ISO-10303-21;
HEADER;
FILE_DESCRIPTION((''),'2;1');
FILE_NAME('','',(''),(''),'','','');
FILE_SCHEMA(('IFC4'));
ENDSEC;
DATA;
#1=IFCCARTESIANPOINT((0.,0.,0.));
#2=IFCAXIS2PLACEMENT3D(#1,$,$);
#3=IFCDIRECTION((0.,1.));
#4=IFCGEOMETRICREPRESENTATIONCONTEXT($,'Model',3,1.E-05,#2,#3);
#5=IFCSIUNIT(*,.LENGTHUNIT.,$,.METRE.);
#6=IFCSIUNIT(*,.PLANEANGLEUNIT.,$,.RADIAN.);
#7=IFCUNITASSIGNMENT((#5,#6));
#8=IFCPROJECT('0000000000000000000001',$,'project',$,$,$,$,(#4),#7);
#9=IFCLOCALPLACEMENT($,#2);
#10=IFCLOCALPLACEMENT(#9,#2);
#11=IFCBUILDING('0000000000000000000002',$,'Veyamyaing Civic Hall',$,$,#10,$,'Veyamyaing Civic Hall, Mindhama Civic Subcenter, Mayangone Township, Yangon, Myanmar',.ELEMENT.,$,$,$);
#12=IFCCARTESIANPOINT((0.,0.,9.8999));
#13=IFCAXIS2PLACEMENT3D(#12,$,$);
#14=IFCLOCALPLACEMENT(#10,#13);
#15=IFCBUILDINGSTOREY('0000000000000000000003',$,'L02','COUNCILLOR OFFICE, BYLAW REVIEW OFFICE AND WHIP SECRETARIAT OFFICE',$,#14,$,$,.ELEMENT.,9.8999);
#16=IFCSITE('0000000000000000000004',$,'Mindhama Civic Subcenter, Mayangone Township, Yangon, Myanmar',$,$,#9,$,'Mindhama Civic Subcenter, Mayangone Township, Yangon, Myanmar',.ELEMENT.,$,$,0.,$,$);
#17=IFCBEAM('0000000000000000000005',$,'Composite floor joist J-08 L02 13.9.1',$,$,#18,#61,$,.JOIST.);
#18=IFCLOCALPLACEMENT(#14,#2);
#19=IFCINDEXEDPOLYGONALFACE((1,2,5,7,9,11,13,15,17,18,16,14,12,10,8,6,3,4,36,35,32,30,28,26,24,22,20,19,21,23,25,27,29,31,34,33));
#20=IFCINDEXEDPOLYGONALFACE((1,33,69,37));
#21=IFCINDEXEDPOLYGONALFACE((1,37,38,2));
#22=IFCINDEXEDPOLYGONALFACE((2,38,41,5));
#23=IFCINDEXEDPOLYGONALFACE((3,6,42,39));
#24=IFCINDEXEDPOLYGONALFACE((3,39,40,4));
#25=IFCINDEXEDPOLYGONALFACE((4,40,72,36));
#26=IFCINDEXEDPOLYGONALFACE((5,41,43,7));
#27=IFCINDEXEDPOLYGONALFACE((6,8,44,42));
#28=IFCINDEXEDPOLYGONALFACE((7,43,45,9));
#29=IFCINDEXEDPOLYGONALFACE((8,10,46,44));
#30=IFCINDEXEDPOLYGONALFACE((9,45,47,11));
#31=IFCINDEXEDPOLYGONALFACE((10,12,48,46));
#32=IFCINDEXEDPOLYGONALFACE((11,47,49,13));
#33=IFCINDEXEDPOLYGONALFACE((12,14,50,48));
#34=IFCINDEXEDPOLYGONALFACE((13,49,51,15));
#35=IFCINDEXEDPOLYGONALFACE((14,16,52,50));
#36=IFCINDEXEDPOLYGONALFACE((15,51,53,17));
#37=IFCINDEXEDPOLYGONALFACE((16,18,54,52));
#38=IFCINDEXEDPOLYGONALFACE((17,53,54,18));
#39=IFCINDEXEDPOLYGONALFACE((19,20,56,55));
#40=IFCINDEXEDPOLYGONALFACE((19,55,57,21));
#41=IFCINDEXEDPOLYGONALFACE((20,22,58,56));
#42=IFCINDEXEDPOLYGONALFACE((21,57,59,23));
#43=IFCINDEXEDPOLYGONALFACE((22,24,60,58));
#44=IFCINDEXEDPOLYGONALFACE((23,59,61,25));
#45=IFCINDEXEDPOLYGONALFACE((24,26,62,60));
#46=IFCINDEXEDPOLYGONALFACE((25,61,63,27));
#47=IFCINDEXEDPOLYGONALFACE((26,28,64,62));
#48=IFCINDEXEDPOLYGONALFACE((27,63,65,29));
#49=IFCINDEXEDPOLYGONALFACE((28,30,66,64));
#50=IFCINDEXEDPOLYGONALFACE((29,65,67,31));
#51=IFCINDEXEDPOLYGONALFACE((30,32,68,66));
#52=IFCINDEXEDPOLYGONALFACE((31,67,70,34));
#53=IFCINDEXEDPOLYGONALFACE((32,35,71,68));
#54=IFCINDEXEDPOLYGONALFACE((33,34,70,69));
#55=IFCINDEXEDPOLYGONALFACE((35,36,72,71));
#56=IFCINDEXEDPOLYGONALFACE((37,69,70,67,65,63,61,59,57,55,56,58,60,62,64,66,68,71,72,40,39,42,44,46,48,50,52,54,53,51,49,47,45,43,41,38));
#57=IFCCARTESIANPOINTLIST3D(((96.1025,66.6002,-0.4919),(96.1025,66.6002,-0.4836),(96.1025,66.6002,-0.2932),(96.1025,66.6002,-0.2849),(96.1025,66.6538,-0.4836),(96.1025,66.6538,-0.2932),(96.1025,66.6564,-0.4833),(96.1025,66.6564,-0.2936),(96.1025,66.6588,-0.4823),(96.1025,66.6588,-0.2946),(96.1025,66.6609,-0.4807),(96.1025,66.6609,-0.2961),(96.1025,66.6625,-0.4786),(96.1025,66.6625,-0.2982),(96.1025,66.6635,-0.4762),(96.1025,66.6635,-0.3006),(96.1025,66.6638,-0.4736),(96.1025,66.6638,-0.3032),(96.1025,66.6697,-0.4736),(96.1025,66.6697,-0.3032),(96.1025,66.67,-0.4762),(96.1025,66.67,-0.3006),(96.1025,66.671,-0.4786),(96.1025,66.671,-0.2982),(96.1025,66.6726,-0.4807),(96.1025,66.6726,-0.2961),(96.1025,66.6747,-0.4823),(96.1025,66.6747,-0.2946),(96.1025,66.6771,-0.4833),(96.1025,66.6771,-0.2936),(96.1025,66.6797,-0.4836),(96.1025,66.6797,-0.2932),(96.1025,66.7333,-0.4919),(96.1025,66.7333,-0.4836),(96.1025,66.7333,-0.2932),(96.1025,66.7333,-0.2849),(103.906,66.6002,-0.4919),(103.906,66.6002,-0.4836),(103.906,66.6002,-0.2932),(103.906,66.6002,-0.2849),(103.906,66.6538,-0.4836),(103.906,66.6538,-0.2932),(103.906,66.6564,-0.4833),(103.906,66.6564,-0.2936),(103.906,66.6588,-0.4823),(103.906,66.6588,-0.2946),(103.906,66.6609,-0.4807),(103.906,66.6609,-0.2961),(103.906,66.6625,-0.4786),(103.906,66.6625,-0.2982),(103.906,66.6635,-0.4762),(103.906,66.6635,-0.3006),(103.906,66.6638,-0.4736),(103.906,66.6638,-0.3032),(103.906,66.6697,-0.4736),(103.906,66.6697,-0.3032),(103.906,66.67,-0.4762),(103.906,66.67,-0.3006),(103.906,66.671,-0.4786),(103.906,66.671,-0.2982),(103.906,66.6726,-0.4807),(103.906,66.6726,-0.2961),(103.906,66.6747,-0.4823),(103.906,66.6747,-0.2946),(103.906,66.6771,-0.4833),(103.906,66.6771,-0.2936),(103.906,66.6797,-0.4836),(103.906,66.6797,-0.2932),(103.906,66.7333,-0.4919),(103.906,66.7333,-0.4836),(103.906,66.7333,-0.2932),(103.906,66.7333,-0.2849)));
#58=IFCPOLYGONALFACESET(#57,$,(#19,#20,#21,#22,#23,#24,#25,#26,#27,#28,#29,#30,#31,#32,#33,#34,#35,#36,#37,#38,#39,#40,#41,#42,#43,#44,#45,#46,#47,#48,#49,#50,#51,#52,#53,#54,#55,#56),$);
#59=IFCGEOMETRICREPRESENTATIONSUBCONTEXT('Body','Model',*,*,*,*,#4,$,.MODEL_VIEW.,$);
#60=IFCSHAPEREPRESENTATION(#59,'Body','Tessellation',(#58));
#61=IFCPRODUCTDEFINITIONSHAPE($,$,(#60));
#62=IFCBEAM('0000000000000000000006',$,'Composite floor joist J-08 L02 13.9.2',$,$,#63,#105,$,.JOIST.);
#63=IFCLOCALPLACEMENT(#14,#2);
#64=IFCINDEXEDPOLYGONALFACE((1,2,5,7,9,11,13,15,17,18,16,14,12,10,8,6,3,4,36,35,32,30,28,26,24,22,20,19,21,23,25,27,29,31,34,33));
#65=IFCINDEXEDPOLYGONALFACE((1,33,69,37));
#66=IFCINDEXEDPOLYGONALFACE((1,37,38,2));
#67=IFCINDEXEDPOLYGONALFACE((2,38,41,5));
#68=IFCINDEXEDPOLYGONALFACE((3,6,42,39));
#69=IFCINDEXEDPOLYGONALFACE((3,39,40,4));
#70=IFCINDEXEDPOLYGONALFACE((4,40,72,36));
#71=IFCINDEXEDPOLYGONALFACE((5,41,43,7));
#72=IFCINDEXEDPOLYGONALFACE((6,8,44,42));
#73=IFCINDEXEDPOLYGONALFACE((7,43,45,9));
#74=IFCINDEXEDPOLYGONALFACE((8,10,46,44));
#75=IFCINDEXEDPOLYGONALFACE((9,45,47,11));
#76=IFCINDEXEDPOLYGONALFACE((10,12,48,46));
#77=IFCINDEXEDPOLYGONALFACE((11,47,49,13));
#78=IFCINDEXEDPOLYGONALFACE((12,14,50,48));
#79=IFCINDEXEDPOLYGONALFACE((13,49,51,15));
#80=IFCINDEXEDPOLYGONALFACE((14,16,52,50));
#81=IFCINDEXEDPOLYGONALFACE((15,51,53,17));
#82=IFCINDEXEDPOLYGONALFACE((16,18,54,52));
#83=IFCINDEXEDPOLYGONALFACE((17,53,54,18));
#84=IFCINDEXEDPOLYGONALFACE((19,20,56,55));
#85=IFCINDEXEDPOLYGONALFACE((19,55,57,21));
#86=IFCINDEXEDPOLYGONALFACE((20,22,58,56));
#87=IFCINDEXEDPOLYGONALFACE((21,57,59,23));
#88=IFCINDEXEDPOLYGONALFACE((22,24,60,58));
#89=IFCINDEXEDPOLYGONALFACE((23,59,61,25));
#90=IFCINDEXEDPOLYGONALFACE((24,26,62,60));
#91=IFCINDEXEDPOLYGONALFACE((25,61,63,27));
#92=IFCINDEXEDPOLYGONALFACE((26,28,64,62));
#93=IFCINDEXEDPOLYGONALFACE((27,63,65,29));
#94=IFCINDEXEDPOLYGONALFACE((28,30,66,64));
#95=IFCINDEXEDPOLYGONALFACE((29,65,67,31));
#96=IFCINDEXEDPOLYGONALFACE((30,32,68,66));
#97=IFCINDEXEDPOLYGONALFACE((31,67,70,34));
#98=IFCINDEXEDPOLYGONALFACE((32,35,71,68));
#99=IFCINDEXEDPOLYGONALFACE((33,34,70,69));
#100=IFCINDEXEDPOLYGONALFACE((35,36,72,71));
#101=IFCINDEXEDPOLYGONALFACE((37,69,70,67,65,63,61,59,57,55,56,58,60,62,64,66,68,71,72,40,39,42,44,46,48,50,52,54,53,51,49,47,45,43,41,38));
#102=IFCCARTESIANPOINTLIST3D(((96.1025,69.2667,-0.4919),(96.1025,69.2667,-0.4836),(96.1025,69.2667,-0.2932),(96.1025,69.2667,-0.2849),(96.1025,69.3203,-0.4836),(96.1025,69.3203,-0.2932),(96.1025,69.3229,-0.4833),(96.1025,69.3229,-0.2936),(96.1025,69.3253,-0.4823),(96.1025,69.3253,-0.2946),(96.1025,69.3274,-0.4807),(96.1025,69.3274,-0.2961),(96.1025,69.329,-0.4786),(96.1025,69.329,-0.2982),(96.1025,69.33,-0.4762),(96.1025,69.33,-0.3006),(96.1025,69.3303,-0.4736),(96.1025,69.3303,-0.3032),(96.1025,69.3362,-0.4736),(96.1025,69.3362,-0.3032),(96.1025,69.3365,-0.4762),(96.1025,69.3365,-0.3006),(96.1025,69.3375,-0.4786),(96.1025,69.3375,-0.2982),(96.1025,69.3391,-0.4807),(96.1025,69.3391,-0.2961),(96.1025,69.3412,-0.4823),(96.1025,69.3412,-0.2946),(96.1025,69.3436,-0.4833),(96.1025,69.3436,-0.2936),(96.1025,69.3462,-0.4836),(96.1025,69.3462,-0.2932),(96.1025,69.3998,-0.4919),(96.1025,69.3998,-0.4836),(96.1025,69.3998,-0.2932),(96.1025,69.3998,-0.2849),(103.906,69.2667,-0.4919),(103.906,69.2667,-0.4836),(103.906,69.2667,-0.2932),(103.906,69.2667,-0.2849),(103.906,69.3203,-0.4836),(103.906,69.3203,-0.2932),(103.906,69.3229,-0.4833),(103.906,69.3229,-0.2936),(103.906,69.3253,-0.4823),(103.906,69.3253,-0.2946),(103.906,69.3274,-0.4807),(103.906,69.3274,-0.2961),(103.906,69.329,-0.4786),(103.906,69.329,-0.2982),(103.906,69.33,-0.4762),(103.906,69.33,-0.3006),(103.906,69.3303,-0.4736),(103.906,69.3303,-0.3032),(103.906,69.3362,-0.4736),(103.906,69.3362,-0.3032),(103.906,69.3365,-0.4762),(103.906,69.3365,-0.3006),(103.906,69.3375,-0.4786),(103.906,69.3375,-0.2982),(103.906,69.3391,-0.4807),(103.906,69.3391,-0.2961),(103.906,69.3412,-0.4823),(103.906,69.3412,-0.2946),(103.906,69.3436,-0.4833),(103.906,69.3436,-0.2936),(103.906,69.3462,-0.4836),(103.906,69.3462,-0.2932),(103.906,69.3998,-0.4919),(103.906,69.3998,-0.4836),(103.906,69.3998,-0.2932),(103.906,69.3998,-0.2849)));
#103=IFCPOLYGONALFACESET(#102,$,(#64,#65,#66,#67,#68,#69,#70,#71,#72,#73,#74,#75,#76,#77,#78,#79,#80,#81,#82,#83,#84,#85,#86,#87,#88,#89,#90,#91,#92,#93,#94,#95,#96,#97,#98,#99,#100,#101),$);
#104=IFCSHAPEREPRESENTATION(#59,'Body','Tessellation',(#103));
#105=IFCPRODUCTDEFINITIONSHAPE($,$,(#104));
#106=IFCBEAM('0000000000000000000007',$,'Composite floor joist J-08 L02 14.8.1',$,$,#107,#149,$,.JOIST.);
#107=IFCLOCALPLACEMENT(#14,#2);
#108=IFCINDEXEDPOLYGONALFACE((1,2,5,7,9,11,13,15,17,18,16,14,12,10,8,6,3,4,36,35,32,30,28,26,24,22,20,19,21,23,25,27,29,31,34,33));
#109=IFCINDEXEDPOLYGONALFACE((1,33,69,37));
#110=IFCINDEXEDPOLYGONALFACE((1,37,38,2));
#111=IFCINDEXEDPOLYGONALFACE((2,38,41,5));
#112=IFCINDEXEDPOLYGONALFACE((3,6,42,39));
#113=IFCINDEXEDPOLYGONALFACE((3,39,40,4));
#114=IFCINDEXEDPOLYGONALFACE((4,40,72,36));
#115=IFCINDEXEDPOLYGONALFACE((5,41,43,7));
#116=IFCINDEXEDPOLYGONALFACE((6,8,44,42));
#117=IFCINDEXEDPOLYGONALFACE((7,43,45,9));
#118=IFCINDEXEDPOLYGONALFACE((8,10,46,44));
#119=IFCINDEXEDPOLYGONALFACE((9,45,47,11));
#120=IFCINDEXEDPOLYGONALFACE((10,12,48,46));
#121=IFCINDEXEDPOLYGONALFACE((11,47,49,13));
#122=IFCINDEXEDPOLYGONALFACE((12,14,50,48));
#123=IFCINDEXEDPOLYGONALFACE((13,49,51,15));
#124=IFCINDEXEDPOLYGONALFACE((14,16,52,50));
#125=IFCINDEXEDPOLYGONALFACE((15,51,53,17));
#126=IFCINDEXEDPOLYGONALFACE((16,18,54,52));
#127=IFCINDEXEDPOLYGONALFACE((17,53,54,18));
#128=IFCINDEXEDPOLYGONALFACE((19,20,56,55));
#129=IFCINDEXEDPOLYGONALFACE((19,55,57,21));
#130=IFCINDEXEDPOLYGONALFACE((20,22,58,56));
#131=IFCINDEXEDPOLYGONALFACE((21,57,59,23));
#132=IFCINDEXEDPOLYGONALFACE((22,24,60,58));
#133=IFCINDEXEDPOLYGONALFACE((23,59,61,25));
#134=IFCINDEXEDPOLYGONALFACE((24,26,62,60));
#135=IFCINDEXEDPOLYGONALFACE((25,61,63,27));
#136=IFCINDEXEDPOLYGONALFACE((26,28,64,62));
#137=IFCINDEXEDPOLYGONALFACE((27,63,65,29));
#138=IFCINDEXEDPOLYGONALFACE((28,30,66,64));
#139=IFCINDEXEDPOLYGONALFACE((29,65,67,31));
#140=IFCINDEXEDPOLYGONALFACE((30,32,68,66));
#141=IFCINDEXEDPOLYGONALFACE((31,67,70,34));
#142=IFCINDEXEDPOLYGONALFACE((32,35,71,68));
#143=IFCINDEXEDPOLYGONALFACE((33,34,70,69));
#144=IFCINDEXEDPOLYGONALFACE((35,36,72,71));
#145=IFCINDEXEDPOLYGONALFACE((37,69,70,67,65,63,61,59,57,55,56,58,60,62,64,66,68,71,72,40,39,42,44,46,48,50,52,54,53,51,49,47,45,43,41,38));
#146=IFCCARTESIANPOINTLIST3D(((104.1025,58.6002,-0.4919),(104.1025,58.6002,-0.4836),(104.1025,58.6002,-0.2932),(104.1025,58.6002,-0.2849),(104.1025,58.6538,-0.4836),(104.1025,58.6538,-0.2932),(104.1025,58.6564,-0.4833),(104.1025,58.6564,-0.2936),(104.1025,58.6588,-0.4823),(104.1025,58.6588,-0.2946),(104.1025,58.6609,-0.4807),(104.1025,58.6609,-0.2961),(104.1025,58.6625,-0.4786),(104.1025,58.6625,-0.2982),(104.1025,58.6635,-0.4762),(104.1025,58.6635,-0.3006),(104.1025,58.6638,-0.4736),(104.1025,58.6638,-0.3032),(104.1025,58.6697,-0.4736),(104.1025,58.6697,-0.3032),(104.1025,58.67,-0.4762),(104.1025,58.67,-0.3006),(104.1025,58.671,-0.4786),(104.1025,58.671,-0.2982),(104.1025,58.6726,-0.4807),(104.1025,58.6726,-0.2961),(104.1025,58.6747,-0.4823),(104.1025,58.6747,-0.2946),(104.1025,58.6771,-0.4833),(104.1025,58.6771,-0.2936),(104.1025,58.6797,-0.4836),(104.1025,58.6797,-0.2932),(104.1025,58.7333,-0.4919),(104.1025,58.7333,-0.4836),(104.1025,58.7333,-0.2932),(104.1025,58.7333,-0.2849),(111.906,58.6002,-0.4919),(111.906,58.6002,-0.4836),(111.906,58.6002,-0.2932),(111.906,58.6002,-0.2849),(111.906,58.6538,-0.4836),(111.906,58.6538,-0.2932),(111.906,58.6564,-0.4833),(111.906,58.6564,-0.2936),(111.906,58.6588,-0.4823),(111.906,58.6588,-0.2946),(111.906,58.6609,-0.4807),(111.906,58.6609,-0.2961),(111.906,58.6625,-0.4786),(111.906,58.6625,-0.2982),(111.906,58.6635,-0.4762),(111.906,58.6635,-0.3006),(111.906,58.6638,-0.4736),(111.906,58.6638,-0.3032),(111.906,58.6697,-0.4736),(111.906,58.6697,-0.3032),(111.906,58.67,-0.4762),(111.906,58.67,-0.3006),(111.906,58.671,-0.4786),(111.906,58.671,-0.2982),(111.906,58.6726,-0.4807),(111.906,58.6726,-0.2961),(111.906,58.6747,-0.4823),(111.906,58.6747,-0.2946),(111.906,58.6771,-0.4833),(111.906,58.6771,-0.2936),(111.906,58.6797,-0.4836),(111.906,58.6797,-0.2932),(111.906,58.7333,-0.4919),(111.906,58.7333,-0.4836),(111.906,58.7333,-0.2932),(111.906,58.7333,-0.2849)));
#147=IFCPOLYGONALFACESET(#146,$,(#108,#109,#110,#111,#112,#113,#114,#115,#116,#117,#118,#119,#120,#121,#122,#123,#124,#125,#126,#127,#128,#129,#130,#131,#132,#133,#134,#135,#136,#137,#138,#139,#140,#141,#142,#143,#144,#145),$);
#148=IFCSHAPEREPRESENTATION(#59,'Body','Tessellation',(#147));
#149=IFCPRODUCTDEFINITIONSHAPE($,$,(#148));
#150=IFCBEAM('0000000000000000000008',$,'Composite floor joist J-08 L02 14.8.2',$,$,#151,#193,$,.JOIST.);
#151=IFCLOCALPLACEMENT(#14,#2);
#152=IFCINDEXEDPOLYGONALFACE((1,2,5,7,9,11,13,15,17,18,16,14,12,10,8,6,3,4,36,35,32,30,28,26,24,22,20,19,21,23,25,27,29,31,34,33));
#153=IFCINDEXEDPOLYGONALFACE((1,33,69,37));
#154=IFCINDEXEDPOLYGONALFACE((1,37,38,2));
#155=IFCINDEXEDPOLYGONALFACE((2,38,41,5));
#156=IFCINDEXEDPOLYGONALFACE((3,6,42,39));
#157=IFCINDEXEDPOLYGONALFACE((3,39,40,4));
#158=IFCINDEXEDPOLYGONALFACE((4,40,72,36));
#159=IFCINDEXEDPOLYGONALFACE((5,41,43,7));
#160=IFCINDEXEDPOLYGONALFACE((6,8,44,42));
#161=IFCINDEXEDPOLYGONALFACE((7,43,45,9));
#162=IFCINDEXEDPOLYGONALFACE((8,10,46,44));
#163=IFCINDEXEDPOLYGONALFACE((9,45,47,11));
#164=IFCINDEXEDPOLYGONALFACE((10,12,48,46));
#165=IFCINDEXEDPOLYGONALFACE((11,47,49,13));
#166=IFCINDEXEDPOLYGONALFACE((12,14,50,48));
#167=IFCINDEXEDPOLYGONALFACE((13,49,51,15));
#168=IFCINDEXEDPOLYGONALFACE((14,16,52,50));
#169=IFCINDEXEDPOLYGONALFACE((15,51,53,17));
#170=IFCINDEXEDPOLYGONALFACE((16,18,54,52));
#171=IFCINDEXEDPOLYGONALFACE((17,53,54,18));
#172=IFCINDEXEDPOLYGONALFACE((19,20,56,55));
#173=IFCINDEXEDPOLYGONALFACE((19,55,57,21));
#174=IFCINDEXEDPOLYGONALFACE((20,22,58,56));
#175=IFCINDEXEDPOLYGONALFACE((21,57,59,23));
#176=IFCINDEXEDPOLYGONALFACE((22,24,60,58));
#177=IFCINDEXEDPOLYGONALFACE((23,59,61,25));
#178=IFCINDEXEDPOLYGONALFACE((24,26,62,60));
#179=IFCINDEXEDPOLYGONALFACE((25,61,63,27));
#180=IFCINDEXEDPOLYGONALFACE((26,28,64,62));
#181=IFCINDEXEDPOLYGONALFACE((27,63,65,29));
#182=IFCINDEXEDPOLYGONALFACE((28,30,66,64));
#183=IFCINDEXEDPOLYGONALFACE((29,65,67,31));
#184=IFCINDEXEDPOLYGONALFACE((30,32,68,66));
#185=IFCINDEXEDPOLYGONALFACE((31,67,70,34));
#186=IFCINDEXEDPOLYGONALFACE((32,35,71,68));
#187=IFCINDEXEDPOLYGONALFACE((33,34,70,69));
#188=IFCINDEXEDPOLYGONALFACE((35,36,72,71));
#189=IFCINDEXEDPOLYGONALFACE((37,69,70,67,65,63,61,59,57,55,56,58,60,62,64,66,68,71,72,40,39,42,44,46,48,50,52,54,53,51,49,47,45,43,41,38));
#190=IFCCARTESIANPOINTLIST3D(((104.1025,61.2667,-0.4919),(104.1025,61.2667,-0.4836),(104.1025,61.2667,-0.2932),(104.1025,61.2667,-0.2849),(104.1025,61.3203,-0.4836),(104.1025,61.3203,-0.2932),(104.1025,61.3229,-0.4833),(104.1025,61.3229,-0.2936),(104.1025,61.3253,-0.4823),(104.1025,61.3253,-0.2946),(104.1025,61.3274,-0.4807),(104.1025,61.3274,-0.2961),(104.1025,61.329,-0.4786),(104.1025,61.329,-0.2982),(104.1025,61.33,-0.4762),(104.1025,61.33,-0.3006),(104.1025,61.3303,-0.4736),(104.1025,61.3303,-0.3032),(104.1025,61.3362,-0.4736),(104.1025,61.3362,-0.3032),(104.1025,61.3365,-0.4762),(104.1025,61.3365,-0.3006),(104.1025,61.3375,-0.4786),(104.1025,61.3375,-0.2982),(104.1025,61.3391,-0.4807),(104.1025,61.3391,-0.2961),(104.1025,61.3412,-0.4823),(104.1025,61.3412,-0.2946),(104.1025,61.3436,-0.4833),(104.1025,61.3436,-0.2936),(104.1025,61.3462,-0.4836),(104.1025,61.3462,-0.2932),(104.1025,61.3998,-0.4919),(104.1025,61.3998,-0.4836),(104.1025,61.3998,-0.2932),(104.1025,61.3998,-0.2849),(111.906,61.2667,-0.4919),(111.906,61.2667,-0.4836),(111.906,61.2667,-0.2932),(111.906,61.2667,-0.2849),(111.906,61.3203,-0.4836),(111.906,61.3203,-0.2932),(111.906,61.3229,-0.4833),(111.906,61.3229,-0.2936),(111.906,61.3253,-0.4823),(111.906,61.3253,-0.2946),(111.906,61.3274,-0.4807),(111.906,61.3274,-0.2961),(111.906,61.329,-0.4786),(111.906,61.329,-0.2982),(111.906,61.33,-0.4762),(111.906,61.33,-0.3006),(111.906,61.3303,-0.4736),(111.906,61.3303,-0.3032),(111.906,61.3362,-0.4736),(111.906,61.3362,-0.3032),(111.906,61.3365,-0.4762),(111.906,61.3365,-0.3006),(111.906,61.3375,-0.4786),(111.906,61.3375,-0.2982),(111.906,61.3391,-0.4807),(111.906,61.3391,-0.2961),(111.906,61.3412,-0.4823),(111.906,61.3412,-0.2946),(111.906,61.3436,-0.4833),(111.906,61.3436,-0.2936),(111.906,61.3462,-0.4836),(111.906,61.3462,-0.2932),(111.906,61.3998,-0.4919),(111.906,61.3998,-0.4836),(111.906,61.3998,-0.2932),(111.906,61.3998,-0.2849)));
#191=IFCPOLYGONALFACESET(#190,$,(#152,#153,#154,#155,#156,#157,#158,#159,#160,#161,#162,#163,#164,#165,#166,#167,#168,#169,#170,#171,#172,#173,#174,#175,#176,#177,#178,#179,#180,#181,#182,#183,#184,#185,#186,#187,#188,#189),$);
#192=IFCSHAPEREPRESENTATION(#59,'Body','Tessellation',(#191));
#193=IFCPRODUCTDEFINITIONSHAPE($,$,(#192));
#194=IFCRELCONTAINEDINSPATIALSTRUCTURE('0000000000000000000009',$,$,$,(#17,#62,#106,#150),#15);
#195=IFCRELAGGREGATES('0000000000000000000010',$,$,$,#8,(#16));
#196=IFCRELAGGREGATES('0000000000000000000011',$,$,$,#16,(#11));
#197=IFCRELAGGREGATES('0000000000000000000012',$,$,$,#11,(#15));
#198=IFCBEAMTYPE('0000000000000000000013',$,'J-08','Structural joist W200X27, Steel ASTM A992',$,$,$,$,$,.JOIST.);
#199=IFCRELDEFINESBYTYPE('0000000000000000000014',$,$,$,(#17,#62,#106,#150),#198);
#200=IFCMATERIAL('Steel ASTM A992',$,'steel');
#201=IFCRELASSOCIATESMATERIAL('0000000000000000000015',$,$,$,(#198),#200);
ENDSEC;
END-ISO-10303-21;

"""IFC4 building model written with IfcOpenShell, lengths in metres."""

from ifc_helpers import new_model, si_unit, direction, frame, origin, origin_2d, place, context, subcontext, project, spatial, i_section, extrude, material, material_profile, profile_set, type_object, element, save


model = new_model("IFC4")

# Units and contexts
model_context = context("Model", 3, precision=1e-05, world=origin(), true_north=direction((0.0, 1.0)))
body_context = subcontext(model_context, "Body", "Model", "MODEL_VIEW")
ifc_project = project(units=[si_unit("LENGTHUNIT", "METRE"), si_unit("PLANEANGLEUNIT", "RADIAN")], contexts=[model_context])

# Site, building, storey
site_placement = place(None, origin())
site = spatial("IfcSite", under=ifc_project, at=site_placement, Name="Mindhama Civic Subcenter, Mayangone Township, Yangon, Myanmar", LongName="Mindhama Civic Subcenter, Mayangone Township, Yangon, Myanmar", CompositionType="ELEMENT", RefElevation=0.0)
building_placement = place(site_placement, origin())
building = spatial("IfcBuilding", under=site, at=building_placement, Name="Veyamyaing Civic Hall", LongName="Veyamyaing Civic Hall, Mindhama Civic Subcenter, Mayangone Township, Yangon, Myanmar", CompositionType="ELEMENT")
storey_placement = place(building_placement, frame((0.0, 0.0, 9.8999)))
storey = spatial("IfcBuildingStorey", under=building, at=storey_placement, Name="L02", Description="COUNCILLOR OFFICE, BYLAW REVIEW OFFICE AND WHIP SECRETARIAT OFFICE", CompositionType="ELEMENT", Elevation=9.8999)

# Beams
ifc_material_1 = material(Name="Steel ASTM A992", Category="steel")
ifc_material_profile_1 = material_profile(ifc_material_1, i_section(OverallWidth=0.1331, OverallDepth=0.207, WebThickness=0.0059, FlangeThickness=0.0083, FilletRadius=0.01, at=origin_2d()), Name="W200X27")
ifc_profile_set_1 = profile_set([ifc_material_profile_1], Name="Steel ASTM A992")
beam_type_1 = type_object("IfcBeamType", Name="J-08", Description="Structural joist W200X27, Steel ASTM A992", PredefinedType="JOIST", material=ifc_profile_set_1)
for number, where, z_axis, x_axis, name in (
    (1, (96.1025, 66.6667, -0.3884), (1.0, 0.0, 0.0), (0.0, 1.0, 0.0), "Composite floor joist J-08 L02 13.9.1"),
    (2, (96.1025, 69.3333, -0.3884), (1.0, 0.0, 0.0), (0.0, 1.0, 0.0), "Composite floor joist J-08 L02 13.9.2"),
    (3, (104.1025, 58.6667, -0.3884), (1.0, 0.0, 0.0), (0.0, 1.0, 0.0), "Composite floor joist J-08 L02 14.8.1"),
    (4, (104.1025, 61.3333, -0.3884), (1.0, 0.0, 0.0), (0.0, 1.0, 0.0), "Composite floor joist J-08 L02 14.8.2"),
):
    element("IfcBeam", number, at=place(storey_placement, frame(where, z_axis=z_axis, x_axis=x_axis)), inside=storey, type_object=beam_type_1, Name=name, PredefinedType="JOIST", context=body_context, shape_type="SweptSolid", body=[
        extrude(i_section(OverallWidth=0.1331, OverallDepth=0.207, WebThickness=0.0059, FlangeThickness=0.0083, FilletRadius=0.01, at=origin_2d()), origin(), (0.0, 0.0, 1.0), 7.8035),
    ])

save(model, "model.ifc")
